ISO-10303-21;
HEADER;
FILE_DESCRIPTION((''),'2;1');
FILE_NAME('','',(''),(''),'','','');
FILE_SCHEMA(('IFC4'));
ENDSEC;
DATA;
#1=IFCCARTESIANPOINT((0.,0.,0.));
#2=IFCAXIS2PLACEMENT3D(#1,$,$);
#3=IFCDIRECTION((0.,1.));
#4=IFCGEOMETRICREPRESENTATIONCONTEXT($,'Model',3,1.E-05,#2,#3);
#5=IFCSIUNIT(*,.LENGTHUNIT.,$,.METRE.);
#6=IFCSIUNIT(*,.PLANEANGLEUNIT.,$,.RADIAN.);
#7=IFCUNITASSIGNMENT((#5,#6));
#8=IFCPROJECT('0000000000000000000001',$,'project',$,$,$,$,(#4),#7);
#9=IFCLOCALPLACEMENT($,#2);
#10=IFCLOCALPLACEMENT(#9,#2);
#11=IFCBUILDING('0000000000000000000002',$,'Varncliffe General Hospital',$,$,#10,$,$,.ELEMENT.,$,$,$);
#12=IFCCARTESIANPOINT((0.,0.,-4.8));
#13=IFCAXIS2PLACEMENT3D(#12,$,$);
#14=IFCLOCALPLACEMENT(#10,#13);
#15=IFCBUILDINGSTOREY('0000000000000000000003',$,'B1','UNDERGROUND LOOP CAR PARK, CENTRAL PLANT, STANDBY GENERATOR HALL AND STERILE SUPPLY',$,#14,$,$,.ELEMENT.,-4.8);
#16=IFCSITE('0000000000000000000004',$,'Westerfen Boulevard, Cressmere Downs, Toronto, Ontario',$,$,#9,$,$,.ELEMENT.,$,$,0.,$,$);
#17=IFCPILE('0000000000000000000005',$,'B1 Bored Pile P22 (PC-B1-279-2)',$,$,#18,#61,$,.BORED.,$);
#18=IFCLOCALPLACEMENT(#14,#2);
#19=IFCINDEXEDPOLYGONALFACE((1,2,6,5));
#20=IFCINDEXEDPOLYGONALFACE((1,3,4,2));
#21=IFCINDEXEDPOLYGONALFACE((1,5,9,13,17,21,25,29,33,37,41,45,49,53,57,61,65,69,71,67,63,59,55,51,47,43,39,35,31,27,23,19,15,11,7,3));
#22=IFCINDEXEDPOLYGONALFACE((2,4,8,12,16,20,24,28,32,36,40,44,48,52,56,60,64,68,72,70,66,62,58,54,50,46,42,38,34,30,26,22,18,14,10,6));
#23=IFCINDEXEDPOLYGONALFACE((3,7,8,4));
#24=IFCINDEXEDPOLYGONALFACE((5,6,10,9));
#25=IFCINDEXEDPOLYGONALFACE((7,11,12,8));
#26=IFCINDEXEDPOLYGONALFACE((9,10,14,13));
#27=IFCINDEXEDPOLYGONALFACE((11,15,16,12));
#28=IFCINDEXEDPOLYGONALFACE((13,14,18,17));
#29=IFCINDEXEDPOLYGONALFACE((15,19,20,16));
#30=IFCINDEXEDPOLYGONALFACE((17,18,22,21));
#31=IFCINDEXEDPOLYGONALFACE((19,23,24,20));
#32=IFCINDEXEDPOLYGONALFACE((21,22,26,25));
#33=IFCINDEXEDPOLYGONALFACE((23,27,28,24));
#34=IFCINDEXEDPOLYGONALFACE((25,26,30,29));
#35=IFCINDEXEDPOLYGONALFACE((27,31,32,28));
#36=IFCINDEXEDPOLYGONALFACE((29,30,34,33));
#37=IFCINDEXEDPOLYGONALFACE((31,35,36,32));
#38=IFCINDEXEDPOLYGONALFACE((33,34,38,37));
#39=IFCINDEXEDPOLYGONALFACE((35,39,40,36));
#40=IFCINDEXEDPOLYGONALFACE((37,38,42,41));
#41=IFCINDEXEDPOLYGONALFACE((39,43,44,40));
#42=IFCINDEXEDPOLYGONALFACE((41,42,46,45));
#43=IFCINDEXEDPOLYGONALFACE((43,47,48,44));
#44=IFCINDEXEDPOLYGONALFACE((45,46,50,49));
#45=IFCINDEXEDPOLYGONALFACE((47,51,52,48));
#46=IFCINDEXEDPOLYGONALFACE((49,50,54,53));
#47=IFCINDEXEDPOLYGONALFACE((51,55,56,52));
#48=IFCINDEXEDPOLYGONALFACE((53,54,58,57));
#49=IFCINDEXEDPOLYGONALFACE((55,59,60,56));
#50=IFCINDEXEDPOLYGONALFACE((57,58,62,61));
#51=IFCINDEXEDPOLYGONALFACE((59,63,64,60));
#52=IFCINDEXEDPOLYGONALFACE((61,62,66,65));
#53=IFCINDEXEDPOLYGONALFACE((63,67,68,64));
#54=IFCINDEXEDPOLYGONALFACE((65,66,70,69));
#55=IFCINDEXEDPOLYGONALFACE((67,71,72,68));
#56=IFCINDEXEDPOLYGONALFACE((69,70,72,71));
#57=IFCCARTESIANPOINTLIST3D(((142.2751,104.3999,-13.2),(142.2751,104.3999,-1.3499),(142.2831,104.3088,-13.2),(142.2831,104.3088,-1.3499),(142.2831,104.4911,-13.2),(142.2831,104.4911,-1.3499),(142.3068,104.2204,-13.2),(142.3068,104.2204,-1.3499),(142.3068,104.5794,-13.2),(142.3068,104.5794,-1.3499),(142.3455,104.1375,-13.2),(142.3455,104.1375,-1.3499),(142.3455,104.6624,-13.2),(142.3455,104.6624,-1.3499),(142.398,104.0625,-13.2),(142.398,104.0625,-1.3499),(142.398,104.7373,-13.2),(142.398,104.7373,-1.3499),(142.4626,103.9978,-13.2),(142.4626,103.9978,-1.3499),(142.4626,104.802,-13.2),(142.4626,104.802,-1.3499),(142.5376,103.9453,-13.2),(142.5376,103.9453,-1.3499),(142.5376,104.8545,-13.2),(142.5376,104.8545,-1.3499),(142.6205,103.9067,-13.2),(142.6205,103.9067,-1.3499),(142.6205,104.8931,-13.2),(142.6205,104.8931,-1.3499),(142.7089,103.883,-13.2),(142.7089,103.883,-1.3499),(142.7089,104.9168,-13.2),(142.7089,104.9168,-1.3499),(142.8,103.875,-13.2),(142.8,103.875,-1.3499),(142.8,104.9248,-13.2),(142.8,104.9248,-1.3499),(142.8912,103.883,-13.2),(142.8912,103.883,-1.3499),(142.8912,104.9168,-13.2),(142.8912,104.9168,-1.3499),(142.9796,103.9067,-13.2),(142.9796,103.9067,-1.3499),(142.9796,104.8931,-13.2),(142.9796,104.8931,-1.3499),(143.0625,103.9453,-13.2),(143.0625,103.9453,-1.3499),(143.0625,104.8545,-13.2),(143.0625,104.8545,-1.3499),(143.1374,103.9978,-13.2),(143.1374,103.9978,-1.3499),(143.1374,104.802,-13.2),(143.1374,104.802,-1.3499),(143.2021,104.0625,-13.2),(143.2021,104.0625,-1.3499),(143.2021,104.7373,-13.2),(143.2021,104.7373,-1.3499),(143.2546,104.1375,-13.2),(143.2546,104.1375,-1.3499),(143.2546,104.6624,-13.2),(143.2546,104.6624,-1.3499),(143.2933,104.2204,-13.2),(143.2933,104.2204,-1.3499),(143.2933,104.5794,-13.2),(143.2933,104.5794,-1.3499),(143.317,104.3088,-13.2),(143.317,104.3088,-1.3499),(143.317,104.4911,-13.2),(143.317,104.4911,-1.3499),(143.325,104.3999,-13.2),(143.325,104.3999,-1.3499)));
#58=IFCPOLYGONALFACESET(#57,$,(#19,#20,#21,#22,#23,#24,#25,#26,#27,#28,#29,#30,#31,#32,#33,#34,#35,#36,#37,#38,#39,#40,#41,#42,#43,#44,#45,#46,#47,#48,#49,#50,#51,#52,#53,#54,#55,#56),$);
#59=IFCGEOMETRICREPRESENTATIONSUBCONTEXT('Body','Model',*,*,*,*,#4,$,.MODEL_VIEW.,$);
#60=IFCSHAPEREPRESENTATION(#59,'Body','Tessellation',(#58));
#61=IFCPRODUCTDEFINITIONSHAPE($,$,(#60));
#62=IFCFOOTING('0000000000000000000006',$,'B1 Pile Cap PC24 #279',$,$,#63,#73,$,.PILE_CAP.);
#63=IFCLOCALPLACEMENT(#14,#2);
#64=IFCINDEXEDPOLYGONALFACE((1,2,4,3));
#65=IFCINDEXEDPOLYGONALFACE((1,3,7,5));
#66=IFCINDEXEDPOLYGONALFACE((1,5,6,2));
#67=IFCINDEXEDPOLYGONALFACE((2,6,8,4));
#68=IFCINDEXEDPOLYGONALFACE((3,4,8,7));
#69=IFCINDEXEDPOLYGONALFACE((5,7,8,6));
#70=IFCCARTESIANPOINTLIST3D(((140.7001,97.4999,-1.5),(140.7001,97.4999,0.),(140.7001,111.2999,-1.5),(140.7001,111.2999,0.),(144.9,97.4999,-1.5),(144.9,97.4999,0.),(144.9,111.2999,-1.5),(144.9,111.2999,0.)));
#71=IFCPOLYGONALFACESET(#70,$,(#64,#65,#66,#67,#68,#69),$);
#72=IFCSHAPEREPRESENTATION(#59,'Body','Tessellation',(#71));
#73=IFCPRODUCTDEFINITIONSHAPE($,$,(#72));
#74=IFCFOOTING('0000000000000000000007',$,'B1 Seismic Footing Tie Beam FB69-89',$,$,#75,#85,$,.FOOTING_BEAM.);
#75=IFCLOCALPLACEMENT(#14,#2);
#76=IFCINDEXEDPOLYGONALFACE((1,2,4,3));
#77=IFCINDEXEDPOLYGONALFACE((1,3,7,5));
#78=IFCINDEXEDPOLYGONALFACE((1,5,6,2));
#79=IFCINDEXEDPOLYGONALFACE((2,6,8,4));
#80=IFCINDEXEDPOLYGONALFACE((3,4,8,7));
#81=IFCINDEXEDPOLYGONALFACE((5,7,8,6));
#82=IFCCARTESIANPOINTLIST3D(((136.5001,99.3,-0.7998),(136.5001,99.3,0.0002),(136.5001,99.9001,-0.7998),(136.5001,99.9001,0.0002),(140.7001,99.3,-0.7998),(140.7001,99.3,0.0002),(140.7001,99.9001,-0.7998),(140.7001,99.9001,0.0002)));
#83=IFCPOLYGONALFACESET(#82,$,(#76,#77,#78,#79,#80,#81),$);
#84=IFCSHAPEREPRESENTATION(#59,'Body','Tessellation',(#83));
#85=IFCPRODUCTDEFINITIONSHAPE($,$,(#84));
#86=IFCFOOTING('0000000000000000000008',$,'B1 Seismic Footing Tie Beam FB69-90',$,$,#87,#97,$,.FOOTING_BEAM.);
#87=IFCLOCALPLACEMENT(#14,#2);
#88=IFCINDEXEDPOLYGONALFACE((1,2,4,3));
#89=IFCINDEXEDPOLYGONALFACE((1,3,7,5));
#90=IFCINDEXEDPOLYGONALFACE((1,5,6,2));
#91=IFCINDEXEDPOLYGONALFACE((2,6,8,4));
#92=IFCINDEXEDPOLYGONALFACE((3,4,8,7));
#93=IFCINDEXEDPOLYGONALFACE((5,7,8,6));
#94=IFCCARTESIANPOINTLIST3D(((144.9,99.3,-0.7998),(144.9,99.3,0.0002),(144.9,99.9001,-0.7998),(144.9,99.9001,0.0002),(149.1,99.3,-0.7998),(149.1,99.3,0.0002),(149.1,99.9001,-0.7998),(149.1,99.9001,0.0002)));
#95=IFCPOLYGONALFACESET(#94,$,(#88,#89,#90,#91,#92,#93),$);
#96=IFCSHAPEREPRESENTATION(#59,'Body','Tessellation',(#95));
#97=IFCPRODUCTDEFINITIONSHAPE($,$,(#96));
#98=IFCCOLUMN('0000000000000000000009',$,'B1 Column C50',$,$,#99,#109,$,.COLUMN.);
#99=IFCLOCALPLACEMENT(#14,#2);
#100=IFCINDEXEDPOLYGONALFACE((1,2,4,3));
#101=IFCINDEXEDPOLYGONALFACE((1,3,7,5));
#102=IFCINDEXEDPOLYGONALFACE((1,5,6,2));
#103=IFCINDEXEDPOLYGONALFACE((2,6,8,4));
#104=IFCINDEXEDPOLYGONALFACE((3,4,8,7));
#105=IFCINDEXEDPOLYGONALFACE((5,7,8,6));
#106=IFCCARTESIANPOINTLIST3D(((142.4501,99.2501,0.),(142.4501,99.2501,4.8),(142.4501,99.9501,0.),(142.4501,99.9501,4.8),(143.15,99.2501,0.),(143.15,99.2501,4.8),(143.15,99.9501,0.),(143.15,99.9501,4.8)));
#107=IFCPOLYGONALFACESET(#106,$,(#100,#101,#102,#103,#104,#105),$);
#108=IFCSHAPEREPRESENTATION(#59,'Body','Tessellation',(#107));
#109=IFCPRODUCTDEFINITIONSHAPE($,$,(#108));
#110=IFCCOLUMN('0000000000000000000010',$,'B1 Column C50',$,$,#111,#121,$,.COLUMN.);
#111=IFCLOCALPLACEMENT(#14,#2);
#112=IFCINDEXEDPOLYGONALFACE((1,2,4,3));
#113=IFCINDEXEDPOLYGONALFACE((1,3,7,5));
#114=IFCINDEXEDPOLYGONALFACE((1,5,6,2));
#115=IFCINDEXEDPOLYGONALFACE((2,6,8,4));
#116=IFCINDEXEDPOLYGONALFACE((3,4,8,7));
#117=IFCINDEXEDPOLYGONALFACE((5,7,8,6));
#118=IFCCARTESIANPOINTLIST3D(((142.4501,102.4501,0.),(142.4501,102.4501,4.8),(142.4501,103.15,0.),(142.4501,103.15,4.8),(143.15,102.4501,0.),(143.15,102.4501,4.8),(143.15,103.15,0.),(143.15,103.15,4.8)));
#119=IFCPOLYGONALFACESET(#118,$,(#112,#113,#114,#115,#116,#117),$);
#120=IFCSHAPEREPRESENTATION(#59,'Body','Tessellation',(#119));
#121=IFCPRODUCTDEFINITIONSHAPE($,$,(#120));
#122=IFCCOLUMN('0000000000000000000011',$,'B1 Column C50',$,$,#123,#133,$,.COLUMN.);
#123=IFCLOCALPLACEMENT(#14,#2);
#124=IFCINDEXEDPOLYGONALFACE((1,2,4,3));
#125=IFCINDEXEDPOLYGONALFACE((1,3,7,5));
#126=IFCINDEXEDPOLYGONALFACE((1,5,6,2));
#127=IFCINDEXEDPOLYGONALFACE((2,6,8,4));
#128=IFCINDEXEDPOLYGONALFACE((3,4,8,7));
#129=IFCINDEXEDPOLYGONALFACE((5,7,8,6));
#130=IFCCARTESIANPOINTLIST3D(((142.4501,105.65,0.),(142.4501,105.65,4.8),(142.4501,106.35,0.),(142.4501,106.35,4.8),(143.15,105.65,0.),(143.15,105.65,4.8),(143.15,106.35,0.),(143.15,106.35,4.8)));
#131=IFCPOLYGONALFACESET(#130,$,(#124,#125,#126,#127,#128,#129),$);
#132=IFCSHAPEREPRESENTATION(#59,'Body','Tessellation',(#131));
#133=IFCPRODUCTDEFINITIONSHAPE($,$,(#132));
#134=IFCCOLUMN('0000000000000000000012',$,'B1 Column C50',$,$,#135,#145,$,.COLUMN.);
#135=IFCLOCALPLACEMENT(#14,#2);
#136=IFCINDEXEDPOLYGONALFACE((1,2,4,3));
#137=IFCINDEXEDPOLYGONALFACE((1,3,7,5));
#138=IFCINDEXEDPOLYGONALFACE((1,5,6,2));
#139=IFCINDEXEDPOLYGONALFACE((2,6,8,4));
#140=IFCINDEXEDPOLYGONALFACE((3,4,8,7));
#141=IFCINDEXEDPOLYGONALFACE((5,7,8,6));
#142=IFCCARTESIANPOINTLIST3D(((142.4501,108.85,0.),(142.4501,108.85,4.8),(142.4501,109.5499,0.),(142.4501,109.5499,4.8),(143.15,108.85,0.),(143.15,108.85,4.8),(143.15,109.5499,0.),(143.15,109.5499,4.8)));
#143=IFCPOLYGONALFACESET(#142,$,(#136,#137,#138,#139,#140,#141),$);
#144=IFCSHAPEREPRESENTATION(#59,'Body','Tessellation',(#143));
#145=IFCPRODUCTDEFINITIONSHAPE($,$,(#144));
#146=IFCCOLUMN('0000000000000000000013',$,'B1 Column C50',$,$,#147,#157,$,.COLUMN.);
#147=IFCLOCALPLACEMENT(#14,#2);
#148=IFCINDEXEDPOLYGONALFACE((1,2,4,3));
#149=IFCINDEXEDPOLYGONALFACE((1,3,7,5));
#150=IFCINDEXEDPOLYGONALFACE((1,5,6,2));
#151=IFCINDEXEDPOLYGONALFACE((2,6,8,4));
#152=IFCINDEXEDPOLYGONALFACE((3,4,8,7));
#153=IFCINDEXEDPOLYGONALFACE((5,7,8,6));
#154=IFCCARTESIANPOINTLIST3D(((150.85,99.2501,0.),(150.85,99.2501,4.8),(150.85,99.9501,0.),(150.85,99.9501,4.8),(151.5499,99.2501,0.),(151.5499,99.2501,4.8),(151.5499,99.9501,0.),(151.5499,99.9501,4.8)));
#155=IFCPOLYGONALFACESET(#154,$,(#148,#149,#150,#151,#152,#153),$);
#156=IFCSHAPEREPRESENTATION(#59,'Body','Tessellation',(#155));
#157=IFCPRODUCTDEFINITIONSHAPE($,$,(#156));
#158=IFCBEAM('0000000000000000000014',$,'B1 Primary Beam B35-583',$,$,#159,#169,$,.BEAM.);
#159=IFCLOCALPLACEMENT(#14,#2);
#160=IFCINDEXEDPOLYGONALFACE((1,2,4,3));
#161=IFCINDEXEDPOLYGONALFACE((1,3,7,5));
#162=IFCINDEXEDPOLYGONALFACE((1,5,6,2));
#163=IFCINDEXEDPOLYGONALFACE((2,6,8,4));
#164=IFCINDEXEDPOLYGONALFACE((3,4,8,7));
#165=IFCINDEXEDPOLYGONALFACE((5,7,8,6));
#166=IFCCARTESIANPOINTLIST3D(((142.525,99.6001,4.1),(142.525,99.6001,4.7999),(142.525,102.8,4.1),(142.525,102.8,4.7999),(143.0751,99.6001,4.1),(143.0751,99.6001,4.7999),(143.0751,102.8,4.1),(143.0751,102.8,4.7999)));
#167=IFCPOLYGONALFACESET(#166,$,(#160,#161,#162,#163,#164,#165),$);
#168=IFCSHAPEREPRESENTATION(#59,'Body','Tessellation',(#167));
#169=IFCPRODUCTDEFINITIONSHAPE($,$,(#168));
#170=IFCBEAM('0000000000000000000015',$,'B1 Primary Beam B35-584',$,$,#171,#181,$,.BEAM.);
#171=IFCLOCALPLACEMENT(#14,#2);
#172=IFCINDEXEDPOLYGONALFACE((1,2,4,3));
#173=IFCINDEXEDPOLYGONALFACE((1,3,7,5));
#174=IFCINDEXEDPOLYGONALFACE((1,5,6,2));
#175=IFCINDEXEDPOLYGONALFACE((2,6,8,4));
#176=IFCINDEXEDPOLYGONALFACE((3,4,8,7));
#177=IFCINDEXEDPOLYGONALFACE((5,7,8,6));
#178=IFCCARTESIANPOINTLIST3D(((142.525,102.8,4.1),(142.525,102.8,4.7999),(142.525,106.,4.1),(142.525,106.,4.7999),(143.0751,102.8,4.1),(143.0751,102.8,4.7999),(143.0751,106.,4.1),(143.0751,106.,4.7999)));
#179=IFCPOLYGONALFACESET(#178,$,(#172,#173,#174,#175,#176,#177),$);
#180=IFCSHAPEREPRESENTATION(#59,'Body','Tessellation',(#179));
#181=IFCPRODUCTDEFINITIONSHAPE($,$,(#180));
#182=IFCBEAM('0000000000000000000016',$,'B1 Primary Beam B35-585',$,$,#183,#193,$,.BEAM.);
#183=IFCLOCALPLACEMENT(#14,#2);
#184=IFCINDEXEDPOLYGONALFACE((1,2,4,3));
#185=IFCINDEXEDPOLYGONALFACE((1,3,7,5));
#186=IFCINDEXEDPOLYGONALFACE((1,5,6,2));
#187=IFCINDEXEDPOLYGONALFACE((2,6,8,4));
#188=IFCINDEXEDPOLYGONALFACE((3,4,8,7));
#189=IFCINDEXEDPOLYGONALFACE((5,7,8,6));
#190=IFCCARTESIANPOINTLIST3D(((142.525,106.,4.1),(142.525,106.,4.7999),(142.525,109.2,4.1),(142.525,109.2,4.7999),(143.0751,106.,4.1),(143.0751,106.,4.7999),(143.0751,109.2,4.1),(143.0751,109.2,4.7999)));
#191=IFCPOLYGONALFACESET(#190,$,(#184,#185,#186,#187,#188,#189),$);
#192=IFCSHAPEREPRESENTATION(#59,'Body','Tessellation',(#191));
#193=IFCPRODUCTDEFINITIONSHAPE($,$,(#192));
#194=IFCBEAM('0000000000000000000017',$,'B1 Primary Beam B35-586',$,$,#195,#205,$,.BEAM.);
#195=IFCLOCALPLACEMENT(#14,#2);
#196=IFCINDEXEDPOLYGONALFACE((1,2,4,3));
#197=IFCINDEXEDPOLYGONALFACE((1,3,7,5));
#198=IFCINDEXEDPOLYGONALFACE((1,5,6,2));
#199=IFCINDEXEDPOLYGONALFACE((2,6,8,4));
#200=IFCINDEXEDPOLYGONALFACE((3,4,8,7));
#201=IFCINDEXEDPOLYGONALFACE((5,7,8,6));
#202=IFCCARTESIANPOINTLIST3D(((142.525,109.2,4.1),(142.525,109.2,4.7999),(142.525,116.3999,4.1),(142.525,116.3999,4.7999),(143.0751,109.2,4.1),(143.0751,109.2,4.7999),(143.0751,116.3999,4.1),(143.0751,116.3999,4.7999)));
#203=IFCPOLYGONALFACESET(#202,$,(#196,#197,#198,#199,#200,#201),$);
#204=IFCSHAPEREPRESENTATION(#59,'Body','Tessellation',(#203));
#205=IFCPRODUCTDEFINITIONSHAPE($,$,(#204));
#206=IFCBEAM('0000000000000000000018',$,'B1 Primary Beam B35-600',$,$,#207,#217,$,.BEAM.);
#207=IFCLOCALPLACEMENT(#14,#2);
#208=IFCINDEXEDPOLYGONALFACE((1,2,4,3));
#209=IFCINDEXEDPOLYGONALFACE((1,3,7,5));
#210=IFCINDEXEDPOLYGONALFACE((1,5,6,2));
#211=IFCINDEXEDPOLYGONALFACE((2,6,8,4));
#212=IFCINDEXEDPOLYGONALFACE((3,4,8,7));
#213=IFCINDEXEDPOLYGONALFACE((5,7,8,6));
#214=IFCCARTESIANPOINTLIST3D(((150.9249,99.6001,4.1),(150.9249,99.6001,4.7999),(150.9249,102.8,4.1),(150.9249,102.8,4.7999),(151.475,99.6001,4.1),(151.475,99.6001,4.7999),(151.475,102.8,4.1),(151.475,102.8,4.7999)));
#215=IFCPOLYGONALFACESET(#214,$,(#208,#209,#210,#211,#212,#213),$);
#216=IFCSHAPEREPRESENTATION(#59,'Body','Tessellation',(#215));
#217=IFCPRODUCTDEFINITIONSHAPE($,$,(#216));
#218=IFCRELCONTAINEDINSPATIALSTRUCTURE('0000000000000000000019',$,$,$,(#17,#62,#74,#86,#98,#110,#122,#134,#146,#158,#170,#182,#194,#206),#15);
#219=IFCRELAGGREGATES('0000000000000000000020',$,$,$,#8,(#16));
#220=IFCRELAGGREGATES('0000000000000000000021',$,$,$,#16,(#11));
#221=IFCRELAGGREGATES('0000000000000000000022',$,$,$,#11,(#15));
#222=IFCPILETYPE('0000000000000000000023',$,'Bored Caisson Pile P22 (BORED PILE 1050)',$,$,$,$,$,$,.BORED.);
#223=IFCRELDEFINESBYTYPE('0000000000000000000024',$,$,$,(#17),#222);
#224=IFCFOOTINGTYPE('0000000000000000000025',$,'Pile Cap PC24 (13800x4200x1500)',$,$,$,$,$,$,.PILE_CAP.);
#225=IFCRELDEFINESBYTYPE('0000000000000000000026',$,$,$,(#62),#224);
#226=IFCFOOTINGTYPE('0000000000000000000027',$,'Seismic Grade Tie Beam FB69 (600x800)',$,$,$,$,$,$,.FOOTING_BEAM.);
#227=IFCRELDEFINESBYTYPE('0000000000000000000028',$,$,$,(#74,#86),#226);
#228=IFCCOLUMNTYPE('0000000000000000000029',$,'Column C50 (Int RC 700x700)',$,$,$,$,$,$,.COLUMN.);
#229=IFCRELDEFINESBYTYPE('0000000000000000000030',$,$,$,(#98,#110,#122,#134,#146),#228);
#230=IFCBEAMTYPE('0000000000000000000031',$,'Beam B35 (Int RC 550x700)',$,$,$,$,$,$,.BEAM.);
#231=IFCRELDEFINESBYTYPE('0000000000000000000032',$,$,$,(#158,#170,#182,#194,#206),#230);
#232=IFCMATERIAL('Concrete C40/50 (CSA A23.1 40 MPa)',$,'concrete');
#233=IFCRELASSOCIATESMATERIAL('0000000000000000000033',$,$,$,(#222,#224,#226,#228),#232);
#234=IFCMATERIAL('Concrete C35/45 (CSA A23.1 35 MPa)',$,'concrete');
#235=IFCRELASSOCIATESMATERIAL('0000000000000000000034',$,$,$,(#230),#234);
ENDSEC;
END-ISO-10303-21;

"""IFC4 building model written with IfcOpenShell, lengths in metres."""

from ifc_helpers import new_model, si_unit, direction, frame, origin, origin_2d, place, context, subcontext, project, spatial, rectangle, circle, extrude, material, material_profile, profile_set, type_object, element, save


model = new_model("IFC4")

# Units and contexts
model_context = context("Model", 3, precision=1e-05, world=origin(), true_north=direction((0.0, 1.0)))
body_context = subcontext(model_context, "Body", "Model", "MODEL_VIEW")
ifc_project = project(units=[si_unit("LENGTHUNIT", "METRE"), si_unit("PLANEANGLEUNIT", "RADIAN")], contexts=[model_context])

# Site, building, storey
site_placement = place(None, origin())
site = spatial("IfcSite", under=ifc_project, at=site_placement, Name="Westerfen Boulevard, Cressmere Downs, Toronto, Ontario", CompositionType="ELEMENT", RefElevation=0.0)
building_placement = place(site_placement, origin())
building = spatial("IfcBuilding", under=site, at=building_placement, Name="Varncliffe General Hospital", CompositionType="ELEMENT")
storey_placement = place(building_placement, frame((0.0, 0.0, -4.8)))
storey = spatial("IfcBuildingStorey", under=building, at=storey_placement, Name="B1", Description="UNDERGROUND LOOP CAR PARK, CENTRAL PLANT, STANDBY GENERATOR HALL AND STERILE SUPPLY", CompositionType="ELEMENT", Elevation=-4.8)

# Pile
ifc_material_1 = material(Name="Concrete C40/50 (CSA A23.1 40 MPa)", Category="concrete")
ifc_material_profile_1 = material_profile(ifc_material_1, circle(Radius=0.5249, at=origin_2d()), Name="BORED PILE 1050")
ifc_profile_set_1 = profile_set([ifc_material_profile_1], Name="Concrete C40/50 (CSA A23.1 40 MPa)")
pile_type = type_object("IfcPileType", Name="Bored Caisson Pile P22 (BORED PILE 1050)", PredefinedType="BORED", material=ifc_profile_set_1)
pile_placement = place(storey_placement, frame((142.8, 104.3999, -1.3499), z_axis=(0.0, 0.0, -1.0), x_axis=(1.0, 0.0, 0.0)))
element("IfcPile", 1, at=pile_placement, inside=storey, type_object=pile_type, Name="B1 Bored Pile P22 (PC-B1-279-2)", PredefinedType="BORED", context=body_context, shape_type="SweptSolid", body=[
    extrude(circle(Radius=0.5249, at=origin_2d()), origin(), (0.0, 0.0, 1.0), 11.8501),
])

# Footings
footing_type_1 = type_object("IfcFootingType", Name="Pile Cap PC24 (13800x4200x1500)", PredefinedType="PILE_CAP", material=ifc_material_1)
footing_placement = place(storey_placement, frame((142.8, 104.3999, -1.5), z_axis=(0.0, 0.0, 1.0), x_axis=(1.0, 0.0, 0.0)))
element("IfcFooting", 2, at=footing_placement, inside=storey, type_object=footing_type_1, Name="B1 Pile Cap PC24 #279", PredefinedType="PILE_CAP", context=body_context, shape_type="SweptSolid", body=[
    extrude(rectangle(XDim=4.2, YDim=13.8, at=origin_2d()), origin(), (0.0, 0.0, 1.0), 1.5),
])
footing_type_2 = type_object("IfcFootingType", Name="Seismic Grade Tie Beam FB69 (600x800)", PredefinedType="FOOTING_BEAM", material=ifc_material_1)
for number, where, z_axis, x_axis, name in (
    (3, (138.6001, 99.6001, -0.7998), (0.0, 0.0, 1.0), (1.0, 0.0, 0.0), "B1 Seismic Footing Tie Beam FB69-89"),
    (4, (147.0, 99.6001, -0.7998), (0.0, 0.0, 1.0), (1.0, 0.0, 0.0), "B1 Seismic Footing Tie Beam FB69-90"),
):
    element("IfcFooting", number, at=place(storey_placement, frame(where, z_axis=z_axis, x_axis=x_axis)), inside=storey, type_object=footing_type_2, Name=name, PredefinedType="FOOTING_BEAM", context=body_context, shape_type="SweptSolid", body=[
        extrude(rectangle(XDim=4.2, YDim=0.6001, at=origin_2d()), origin(), (0.0, 0.0, 1.0), 0.8),
    ])

# Columns
ifc_material_profile_2 = material_profile(ifc_material_1, rectangle(XDim=0.7, YDim=0.7, at=origin_2d()), Name="RC 700x700")
ifc_profile_set_2 = profile_set([ifc_material_profile_2], Name="Concrete C40/50 (CSA A23.1 40 MPa)")
column_type = type_object("IfcColumnType", Name="Column C50 (Int RC 700x700)", PredefinedType="COLUMN", material=ifc_profile_set_2)
for number, where, z_axis, x_axis, name in (
    (5, (142.8, 99.6001, 0.0), (0.0, 0.0, 1.0), (1.0, 0.0, 0.0), "B1 Column C50"),
    (6, (142.8, 102.8, 0.0), (0.0, 0.0, 1.0), (1.0, 0.0, 0.0), "B1 Column C50"),
    (7, (142.8, 106.0, 0.0), (0.0, 0.0, 1.0), (1.0, 0.0, 0.0), "B1 Column C50"),
    (8, (142.8, 109.2, 0.0), (0.0, 0.0, 1.0), (1.0, 0.0, 0.0), "B1 Column C50"),
    (9, (151.2, 99.6001, 0.0), (0.0, 0.0, 1.0), (1.0, 0.0, 0.0), "B1 Column C50"),
):
    element("IfcColumn", number, at=place(storey_placement, frame(where, z_axis=z_axis, x_axis=x_axis)), inside=storey, type_object=column_type, Name=name, PredefinedType="COLUMN", context=body_context, shape_type="SweptSolid", body=[
        extrude(rectangle(XDim=0.7, YDim=0.7, at=origin_2d()), origin(), (0.0, 0.0, 1.0), 4.8),
    ])

# Beams
ifc_material_2 = material(Name="Concrete C35/45 (CSA A23.1 35 MPa)", Category="concrete")
ifc_material_profile_3 = material_profile(ifc_material_2, rectangle(XDim=0.55, YDim=0.7, at=origin_2d()), Name="RC 550x700")
ifc_profile_set_3 = profile_set([ifc_material_profile_3], Name="Concrete C35/45 (CSA A23.1 35 MPa)")
beam_type_1 = type_object("IfcBeamType", Name="Beam B35 (Int RC 550x700)", PredefinedType="BEAM", material=ifc_profile_set_3)
for number, where, z_axis, x_axis, name in (
    (10, (142.8, 99.6001, 4.45), (0.0, 1.0, 0.0), (-1.0, 0.0, 0.0), "B1 Primary Beam B35-583"),
    (11, (142.8, 102.8, 4.45), (0.0, 1.0, 0.0), (-1.0, 0.0, 0.0), "B1 Primary Beam B35-584"),
    (12, (142.8, 106.0, 4.45), (0.0, 1.0, 0.0), (-1.0, 0.0, 0.0), "B1 Primary Beam B35-585"),
):
    element("IfcBeam", number, at=place(storey_placement, frame(where, z_axis=z_axis, x_axis=x_axis)), inside=storey, type_object=beam_type_1, Name=name, PredefinedType="BEAM", context=body_context, shape_type="SweptSolid", body=[
        extrude(rectangle(XDim=0.55, YDim=0.7, at=origin_2d()), origin(), (0.0, 0.0, 1.0), 3.2),
    ])
beam_1_placement = place(storey_placement, frame((142.8, 109.2, 4.45), z_axis=(0.0, 1.0, 0.0), x_axis=(-1.0, 0.0, 0.0)))
element("IfcBeam", 13, at=beam_1_placement, inside=storey, type_object=beam_type_1, Name="B1 Primary Beam B35-586", PredefinedType="BEAM", context=body_context, shape_type="SweptSolid", body=[
    extrude(rectangle(XDim=0.55, YDim=0.7, at=origin_2d()), origin(), (0.0, 0.0, 1.0), 7.2),
])
beam_2_placement = place(storey_placement, frame((151.2, 99.6001, 4.45), z_axis=(0.0, 1.0, 0.0), x_axis=(-1.0, 0.0, 0.0)))
element("IfcBeam", 14, at=beam_2_placement, inside=storey, type_object=beam_type_1, Name="B1 Primary Beam B35-600", PredefinedType="BEAM", context=body_context, shape_type="SweptSolid", body=[
    extrude(rectangle(XDim=0.55, YDim=0.7, at=origin_2d()), origin(), (0.0, 0.0, 1.0), 3.2),
])

save(model, "model.ifc")
